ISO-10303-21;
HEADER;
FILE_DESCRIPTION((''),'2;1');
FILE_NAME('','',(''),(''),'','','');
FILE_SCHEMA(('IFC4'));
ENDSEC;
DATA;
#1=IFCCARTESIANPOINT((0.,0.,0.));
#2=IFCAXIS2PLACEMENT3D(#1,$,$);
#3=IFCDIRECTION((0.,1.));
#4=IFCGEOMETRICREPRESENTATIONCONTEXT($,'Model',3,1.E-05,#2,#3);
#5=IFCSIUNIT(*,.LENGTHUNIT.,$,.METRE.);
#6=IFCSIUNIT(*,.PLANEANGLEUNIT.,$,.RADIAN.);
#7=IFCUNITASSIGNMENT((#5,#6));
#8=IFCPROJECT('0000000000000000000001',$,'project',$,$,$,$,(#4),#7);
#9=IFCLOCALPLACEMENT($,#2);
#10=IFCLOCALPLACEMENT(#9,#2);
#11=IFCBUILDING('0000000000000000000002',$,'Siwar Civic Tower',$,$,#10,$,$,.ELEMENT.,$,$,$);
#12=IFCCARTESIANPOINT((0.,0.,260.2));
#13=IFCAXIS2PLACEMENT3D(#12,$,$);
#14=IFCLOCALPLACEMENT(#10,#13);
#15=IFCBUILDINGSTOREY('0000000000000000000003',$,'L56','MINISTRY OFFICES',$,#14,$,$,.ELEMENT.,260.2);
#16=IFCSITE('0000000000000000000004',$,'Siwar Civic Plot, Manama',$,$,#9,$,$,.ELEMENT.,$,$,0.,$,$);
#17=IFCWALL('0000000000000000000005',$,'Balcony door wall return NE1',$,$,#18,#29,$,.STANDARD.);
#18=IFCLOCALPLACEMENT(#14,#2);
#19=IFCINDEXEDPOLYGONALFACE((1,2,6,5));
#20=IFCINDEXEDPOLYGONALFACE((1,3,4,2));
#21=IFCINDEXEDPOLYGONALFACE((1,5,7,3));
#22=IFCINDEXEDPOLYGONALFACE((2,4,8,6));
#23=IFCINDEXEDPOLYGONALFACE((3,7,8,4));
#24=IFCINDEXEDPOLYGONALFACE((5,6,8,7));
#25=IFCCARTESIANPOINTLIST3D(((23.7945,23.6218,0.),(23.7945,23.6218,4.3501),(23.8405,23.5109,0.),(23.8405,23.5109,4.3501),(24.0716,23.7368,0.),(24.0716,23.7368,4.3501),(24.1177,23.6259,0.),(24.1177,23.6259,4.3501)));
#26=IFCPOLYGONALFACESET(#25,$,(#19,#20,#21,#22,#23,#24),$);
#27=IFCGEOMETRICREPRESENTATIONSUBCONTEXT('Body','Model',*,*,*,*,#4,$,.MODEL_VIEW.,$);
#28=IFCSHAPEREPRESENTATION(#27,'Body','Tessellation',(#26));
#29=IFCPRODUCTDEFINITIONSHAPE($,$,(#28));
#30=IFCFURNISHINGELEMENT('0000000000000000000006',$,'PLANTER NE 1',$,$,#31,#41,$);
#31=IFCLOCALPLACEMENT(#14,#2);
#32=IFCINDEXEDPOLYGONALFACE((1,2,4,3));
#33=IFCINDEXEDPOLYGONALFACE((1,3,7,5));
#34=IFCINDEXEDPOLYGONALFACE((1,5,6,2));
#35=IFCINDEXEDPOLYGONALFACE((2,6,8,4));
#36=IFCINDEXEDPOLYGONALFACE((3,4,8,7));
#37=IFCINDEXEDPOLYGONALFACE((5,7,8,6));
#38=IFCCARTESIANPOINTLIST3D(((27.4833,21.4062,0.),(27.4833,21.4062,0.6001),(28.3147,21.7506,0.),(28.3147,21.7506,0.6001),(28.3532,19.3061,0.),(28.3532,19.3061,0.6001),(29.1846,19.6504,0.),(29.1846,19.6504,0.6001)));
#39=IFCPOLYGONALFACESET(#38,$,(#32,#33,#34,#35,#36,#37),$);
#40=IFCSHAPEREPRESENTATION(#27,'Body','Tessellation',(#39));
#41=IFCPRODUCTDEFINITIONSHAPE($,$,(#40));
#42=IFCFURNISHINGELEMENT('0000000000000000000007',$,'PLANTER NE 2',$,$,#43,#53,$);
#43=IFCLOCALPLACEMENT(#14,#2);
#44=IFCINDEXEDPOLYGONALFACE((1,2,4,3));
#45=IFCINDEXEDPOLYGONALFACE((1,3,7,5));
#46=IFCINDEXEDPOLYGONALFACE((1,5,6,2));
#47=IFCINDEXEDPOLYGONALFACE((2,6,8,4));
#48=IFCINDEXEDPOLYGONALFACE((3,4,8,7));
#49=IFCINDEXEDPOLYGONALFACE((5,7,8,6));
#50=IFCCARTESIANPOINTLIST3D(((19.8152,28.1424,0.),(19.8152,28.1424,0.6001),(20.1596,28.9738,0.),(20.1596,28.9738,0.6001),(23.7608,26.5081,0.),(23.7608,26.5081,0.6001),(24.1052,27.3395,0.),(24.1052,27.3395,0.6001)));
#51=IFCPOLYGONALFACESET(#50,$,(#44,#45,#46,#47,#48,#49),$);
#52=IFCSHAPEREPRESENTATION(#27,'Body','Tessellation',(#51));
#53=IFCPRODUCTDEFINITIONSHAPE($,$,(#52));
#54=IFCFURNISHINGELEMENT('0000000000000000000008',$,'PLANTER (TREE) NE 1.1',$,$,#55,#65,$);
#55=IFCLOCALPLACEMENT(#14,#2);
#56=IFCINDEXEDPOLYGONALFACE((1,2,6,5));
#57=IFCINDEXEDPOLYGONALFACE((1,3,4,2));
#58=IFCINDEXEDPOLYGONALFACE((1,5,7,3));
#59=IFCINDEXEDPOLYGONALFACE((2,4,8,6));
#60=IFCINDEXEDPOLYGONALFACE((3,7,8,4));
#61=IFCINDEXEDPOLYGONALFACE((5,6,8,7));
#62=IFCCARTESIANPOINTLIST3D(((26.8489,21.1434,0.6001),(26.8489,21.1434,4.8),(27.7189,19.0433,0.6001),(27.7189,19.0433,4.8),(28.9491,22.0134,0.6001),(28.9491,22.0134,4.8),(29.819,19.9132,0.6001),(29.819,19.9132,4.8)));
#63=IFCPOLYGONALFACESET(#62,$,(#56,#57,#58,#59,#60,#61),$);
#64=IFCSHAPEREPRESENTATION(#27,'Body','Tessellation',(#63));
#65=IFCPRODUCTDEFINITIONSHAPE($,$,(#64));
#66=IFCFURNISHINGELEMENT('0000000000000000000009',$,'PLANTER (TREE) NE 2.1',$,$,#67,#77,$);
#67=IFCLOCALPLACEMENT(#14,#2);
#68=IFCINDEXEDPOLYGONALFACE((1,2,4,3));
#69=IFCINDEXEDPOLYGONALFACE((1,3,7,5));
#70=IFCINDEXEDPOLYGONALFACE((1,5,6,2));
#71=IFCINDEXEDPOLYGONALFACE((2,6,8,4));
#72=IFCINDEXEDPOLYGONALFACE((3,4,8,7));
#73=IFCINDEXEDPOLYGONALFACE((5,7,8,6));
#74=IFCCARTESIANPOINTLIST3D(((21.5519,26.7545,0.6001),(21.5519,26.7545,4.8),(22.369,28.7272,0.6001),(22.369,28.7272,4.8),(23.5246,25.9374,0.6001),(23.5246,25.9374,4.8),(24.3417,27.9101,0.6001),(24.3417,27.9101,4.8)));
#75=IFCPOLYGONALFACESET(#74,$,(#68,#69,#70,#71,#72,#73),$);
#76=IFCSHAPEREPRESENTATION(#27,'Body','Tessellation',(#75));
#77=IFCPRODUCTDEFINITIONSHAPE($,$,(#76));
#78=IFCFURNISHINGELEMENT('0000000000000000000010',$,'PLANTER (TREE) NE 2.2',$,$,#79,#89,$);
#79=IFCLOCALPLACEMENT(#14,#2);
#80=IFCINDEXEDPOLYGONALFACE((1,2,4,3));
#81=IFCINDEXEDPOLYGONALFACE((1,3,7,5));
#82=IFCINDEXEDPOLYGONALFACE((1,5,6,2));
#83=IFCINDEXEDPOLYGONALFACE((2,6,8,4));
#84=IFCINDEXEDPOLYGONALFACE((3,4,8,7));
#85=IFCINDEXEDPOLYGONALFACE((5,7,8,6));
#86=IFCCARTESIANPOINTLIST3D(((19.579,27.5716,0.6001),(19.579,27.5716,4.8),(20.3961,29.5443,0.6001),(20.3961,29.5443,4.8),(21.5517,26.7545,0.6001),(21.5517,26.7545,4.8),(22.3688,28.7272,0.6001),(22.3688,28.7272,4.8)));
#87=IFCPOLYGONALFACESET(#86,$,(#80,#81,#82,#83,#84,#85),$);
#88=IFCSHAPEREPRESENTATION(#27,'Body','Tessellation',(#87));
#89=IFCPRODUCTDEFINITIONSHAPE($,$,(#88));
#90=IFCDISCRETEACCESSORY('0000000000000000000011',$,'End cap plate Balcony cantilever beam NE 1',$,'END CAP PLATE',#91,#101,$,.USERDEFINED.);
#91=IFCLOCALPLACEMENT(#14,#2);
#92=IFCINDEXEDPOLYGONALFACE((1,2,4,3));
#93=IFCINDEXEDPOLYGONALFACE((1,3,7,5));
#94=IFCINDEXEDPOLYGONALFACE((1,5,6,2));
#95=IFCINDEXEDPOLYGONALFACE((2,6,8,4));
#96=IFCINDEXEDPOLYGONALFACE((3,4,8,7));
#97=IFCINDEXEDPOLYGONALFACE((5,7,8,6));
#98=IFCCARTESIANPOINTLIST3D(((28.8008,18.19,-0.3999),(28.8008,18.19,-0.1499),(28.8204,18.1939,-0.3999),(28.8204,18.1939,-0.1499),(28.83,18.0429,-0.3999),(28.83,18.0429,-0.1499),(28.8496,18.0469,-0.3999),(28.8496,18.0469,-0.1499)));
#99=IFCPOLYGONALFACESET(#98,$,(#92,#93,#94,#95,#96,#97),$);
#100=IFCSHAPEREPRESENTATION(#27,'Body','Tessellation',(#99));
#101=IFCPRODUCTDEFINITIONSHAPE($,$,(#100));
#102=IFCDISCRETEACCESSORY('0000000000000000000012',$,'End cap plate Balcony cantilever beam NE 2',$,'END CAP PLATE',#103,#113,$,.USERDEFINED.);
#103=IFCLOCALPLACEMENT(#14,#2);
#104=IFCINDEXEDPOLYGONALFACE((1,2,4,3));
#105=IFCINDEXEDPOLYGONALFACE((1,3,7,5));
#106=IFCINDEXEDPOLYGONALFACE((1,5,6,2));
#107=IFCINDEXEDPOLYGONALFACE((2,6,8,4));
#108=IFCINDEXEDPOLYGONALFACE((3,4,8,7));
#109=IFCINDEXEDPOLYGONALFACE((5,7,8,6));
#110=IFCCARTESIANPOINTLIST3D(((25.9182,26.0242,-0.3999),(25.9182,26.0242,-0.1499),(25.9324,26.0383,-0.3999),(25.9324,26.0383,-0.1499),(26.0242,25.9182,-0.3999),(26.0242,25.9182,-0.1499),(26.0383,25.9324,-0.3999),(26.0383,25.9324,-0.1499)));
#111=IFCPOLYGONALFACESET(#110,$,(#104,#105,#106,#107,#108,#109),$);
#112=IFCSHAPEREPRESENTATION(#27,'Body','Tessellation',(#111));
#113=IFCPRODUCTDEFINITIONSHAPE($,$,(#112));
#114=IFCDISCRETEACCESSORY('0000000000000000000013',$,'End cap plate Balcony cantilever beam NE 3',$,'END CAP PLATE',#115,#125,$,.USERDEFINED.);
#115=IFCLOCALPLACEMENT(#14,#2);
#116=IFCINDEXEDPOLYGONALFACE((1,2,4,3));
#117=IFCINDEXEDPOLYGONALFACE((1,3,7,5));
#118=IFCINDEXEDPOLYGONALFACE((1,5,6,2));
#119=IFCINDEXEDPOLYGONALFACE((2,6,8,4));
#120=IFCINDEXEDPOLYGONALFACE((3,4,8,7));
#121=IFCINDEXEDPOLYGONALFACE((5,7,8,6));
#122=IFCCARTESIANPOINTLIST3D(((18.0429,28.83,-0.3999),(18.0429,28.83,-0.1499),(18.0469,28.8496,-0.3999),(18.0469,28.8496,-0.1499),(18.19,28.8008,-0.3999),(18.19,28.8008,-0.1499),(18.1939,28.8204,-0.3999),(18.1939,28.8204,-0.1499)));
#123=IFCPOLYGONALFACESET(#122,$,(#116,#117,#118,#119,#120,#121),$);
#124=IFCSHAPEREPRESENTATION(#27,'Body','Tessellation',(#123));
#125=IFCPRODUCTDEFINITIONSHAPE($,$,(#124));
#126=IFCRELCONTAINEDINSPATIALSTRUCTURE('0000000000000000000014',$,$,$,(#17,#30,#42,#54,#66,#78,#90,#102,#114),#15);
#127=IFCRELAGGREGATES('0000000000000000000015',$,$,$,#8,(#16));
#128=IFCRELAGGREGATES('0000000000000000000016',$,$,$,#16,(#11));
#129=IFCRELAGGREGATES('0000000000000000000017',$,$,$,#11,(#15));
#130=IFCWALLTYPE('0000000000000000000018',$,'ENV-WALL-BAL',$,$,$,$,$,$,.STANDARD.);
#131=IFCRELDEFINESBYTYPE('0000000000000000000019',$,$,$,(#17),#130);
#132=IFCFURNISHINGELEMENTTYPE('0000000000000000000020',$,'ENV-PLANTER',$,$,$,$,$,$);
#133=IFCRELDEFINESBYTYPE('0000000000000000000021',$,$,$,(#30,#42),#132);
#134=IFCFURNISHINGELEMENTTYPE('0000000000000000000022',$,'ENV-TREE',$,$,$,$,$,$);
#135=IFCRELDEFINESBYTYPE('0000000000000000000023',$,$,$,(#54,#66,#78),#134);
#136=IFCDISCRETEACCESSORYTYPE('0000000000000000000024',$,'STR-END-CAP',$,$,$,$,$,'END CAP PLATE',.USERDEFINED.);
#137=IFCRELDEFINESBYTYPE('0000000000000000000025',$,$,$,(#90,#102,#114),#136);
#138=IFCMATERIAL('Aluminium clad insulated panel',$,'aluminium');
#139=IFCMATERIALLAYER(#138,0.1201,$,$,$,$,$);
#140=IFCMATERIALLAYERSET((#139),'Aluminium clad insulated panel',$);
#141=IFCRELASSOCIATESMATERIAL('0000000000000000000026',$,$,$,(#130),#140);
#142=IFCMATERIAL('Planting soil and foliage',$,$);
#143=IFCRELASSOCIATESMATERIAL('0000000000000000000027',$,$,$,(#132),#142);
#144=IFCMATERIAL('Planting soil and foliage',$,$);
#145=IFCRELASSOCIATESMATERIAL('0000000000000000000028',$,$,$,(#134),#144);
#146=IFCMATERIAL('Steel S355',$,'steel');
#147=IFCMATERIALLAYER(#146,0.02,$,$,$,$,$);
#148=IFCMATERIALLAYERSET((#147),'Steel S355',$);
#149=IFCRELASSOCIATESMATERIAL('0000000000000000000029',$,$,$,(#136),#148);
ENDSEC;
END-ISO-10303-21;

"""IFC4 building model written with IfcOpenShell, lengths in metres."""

from ifc_helpers import new_model, si_unit, direction, frame, frame_2d, origin, origin_2d, place, context, subcontext, project, spatial, rectangle, extrude, material, layer, layer_set, type_object, element, save


model = new_model("IFC4")

# Units and contexts
model_context = context("Model", 3, precision=1e-05, world=origin(), true_north=direction((0.0, 1.0)))
body_context = subcontext(model_context, "Body", "Model", "MODEL_VIEW")
ifc_project = project(units=[si_unit("LENGTHUNIT", "METRE"), si_unit("PLANEANGLEUNIT", "RADIAN")], contexts=[model_context])

# Site, building, storey
site_placement = place(None, origin())
site = spatial("IfcSite", under=ifc_project, at=site_placement, Name="Siwar Civic Plot, Manama", CompositionType="ELEMENT", RefElevation=0.0)
building_placement = place(site_placement, origin())
building = spatial("IfcBuilding", under=site, at=building_placement, Name="Siwar Civic Tower", CompositionType="ELEMENT")
storey_placement = place(building_placement, frame((0.0, 0.0, 260.2)))
storey = spatial("IfcBuildingStorey", under=building, at=storey_placement, Name="L56", Description="MINISTRY OFFICES", CompositionType="ELEMENT", Elevation=260.2)

# Wall
ifc_material_1 = material(Name="Aluminium clad insulated panel", Category="aluminium")
ifc_layer_1 = layer(ifc_material_1, 0.1201)
ifc_layer_set_1 = layer_set([ifc_layer_1], Name="Aluminium clad insulated panel")
wall_type = type_object("IfcWallType", Name="ENV-WALL-BAL", PredefinedType="STANDARD", material=ifc_layer_set_1)
wall_1_placement = place(storey_placement, frame((23.8176, 23.5664, 0.0), z_axis=(0.0, 0.0, 1.0), x_axis=(0.92363, 0.383286, 0.0)))
element("IfcWall", 1, at=wall_1_placement, inside=storey, type_object=wall_type, Name="Balcony door wall return NE1", PredefinedType="STANDARD", context=body_context, shape_type="SweptSolid", body=[
    extrude(rectangle(XDim=0.3, YDim=0.1201, at=frame_2d((0.1499, 0.0))), origin(), (0.0, 0.0, 1.0), 4.3501),
])

# Furnishing elements
ifc_material_2 = material(Name="Planting soil and foliage")
furnishing_element_type_1 = type_object("IfcFurnishingElementType", Name="ENV-PLANTER", material=ifc_material_2)
furnishing_1_placement = place(storey_placement, frame((28.334, 20.5283, 0.0), z_axis=(0.0, 0.0, 1.0), x_axis=(-0.382683, 0.92388, 0.0)))
element("IfcFurnishingElement", 2, at=furnishing_1_placement, inside=storey, type_object=furnishing_element_type_1, Name="PLANTER NE 1", context=body_context, shape_type="SweptSolid", body=[
    extrude(rectangle(XDim=2.2732, YDim=0.8999, at=origin_2d()), origin(), (0.0, 0.0, 1.0), 0.6001),
])
furnishing_2_placement = place(storey_placement, frame((21.9602, 27.741, 0.0), z_axis=(0.0, 0.0, 1.0), x_axis=(-0.92388, 0.382683, 0.0)))
element("IfcFurnishingElement", 3, at=furnishing_2_placement, inside=storey, type_object=furnishing_element_type_1, Name="PLANTER NE 2", context=body_context, shape_type="SweptSolid", body=[
    extrude(rectangle(XDim=4.2708, YDim=0.8999, at=origin_2d()), origin(), (0.0, 0.0, 1.0), 0.6001),
])
ifc_material_3 = material(Name="Planting soil and foliage")
furnishing_element_type_2 = type_object("IfcFurnishingElementType", Name="ENV-TREE", material=ifc_material_3)
furnishing_3_placement = place(storey_placement, frame((28.334, 20.5283, 0.6001), z_axis=(0.0, 0.0, 1.0), x_axis=(-0.382683, 0.92388, 0.0)))
element("IfcFurnishingElement", 4, at=furnishing_3_placement, inside=storey, type_object=furnishing_element_type_2, Name="PLANTER (TREE) NE 1.1", context=body_context, shape_type="SweptSolid", body=[
    extrude(rectangle(XDim=2.2732, YDim=2.2732, at=origin_2d()), origin(), (0.0, 0.0, 1.0), 4.2),
])
for number, where, z_axis, x_axis, name in (
    (5, (22.9468, 27.3323, 0.6001), (0.0, 0.0, 1.0), (-0.92388, 0.382683, 0.0), "PLANTER (TREE) NE 2.1"),
    (6, (20.9739, 28.1494, 0.6001), (0.0, 0.0, 1.0), (-0.92388, 0.382683, 0.0), "PLANTER (TREE) NE 2.2"),
):
    element("IfcFurnishingElement", number, at=place(storey_placement, frame(where, z_axis=z_axis, x_axis=x_axis)), inside=storey, type_object=furnishing_element_type_2, Name=name, context=body_context, shape_type="SweptSolid", body=[
        extrude(rectangle(XDim=2.1353, YDim=2.1353, at=origin_2d()), origin(), (0.0, 0.0, 1.0), 4.2),
    ])

# Discrete accessories
ifc_material_4 = material(Name="Steel S355", Category="steel")
ifc_layer_2 = layer(ifc_material_4, 0.02)
ifc_layer_set_2 = layer_set([ifc_layer_2], Name="Steel S355")
discrete_accessory_type = type_object("IfcDiscreteAccessoryType", Name="STR-END-CAP", ElementType="END CAP PLATE", PredefinedType="USERDEFINED", material=ifc_layer_set_2)
for number, where, z_axis, x_axis, name in (
    (7, (28.8252, 18.1184, -0.3999), (0.0, 0.0, 1.0), (0.980785, 0.19509, 0.0), "End cap plate Balcony cantilever beam NE 1"),
    (8, (25.9783, 25.9783, -0.3999), (0.0, 0.0, 1.0), (0.707107, 0.707107, 0.0), "End cap plate Balcony cantilever beam NE 2"),
    (9, (18.1184, 28.8252, -0.3999), (0.0, 0.0, 1.0), (0.19509, 0.980785, 0.0), "End cap plate Balcony cantilever beam NE 3"),
):
    element("IfcDiscreteAccessory", number, at=place(storey_placement, frame(where, z_axis=z_axis, x_axis=x_axis)), inside=storey, type_object=discrete_accessory_type, Name=name, ObjectType="END CAP PLATE", PredefinedType="USERDEFINED", context=body_context, shape_type="SweptSolid", body=[
        extrude(rectangle(XDim=0.02, YDim=0.1499, at=origin_2d()), origin(), (0.0, 0.0, 1.0), 0.25),
    ])

save(model, "model.ifc")
